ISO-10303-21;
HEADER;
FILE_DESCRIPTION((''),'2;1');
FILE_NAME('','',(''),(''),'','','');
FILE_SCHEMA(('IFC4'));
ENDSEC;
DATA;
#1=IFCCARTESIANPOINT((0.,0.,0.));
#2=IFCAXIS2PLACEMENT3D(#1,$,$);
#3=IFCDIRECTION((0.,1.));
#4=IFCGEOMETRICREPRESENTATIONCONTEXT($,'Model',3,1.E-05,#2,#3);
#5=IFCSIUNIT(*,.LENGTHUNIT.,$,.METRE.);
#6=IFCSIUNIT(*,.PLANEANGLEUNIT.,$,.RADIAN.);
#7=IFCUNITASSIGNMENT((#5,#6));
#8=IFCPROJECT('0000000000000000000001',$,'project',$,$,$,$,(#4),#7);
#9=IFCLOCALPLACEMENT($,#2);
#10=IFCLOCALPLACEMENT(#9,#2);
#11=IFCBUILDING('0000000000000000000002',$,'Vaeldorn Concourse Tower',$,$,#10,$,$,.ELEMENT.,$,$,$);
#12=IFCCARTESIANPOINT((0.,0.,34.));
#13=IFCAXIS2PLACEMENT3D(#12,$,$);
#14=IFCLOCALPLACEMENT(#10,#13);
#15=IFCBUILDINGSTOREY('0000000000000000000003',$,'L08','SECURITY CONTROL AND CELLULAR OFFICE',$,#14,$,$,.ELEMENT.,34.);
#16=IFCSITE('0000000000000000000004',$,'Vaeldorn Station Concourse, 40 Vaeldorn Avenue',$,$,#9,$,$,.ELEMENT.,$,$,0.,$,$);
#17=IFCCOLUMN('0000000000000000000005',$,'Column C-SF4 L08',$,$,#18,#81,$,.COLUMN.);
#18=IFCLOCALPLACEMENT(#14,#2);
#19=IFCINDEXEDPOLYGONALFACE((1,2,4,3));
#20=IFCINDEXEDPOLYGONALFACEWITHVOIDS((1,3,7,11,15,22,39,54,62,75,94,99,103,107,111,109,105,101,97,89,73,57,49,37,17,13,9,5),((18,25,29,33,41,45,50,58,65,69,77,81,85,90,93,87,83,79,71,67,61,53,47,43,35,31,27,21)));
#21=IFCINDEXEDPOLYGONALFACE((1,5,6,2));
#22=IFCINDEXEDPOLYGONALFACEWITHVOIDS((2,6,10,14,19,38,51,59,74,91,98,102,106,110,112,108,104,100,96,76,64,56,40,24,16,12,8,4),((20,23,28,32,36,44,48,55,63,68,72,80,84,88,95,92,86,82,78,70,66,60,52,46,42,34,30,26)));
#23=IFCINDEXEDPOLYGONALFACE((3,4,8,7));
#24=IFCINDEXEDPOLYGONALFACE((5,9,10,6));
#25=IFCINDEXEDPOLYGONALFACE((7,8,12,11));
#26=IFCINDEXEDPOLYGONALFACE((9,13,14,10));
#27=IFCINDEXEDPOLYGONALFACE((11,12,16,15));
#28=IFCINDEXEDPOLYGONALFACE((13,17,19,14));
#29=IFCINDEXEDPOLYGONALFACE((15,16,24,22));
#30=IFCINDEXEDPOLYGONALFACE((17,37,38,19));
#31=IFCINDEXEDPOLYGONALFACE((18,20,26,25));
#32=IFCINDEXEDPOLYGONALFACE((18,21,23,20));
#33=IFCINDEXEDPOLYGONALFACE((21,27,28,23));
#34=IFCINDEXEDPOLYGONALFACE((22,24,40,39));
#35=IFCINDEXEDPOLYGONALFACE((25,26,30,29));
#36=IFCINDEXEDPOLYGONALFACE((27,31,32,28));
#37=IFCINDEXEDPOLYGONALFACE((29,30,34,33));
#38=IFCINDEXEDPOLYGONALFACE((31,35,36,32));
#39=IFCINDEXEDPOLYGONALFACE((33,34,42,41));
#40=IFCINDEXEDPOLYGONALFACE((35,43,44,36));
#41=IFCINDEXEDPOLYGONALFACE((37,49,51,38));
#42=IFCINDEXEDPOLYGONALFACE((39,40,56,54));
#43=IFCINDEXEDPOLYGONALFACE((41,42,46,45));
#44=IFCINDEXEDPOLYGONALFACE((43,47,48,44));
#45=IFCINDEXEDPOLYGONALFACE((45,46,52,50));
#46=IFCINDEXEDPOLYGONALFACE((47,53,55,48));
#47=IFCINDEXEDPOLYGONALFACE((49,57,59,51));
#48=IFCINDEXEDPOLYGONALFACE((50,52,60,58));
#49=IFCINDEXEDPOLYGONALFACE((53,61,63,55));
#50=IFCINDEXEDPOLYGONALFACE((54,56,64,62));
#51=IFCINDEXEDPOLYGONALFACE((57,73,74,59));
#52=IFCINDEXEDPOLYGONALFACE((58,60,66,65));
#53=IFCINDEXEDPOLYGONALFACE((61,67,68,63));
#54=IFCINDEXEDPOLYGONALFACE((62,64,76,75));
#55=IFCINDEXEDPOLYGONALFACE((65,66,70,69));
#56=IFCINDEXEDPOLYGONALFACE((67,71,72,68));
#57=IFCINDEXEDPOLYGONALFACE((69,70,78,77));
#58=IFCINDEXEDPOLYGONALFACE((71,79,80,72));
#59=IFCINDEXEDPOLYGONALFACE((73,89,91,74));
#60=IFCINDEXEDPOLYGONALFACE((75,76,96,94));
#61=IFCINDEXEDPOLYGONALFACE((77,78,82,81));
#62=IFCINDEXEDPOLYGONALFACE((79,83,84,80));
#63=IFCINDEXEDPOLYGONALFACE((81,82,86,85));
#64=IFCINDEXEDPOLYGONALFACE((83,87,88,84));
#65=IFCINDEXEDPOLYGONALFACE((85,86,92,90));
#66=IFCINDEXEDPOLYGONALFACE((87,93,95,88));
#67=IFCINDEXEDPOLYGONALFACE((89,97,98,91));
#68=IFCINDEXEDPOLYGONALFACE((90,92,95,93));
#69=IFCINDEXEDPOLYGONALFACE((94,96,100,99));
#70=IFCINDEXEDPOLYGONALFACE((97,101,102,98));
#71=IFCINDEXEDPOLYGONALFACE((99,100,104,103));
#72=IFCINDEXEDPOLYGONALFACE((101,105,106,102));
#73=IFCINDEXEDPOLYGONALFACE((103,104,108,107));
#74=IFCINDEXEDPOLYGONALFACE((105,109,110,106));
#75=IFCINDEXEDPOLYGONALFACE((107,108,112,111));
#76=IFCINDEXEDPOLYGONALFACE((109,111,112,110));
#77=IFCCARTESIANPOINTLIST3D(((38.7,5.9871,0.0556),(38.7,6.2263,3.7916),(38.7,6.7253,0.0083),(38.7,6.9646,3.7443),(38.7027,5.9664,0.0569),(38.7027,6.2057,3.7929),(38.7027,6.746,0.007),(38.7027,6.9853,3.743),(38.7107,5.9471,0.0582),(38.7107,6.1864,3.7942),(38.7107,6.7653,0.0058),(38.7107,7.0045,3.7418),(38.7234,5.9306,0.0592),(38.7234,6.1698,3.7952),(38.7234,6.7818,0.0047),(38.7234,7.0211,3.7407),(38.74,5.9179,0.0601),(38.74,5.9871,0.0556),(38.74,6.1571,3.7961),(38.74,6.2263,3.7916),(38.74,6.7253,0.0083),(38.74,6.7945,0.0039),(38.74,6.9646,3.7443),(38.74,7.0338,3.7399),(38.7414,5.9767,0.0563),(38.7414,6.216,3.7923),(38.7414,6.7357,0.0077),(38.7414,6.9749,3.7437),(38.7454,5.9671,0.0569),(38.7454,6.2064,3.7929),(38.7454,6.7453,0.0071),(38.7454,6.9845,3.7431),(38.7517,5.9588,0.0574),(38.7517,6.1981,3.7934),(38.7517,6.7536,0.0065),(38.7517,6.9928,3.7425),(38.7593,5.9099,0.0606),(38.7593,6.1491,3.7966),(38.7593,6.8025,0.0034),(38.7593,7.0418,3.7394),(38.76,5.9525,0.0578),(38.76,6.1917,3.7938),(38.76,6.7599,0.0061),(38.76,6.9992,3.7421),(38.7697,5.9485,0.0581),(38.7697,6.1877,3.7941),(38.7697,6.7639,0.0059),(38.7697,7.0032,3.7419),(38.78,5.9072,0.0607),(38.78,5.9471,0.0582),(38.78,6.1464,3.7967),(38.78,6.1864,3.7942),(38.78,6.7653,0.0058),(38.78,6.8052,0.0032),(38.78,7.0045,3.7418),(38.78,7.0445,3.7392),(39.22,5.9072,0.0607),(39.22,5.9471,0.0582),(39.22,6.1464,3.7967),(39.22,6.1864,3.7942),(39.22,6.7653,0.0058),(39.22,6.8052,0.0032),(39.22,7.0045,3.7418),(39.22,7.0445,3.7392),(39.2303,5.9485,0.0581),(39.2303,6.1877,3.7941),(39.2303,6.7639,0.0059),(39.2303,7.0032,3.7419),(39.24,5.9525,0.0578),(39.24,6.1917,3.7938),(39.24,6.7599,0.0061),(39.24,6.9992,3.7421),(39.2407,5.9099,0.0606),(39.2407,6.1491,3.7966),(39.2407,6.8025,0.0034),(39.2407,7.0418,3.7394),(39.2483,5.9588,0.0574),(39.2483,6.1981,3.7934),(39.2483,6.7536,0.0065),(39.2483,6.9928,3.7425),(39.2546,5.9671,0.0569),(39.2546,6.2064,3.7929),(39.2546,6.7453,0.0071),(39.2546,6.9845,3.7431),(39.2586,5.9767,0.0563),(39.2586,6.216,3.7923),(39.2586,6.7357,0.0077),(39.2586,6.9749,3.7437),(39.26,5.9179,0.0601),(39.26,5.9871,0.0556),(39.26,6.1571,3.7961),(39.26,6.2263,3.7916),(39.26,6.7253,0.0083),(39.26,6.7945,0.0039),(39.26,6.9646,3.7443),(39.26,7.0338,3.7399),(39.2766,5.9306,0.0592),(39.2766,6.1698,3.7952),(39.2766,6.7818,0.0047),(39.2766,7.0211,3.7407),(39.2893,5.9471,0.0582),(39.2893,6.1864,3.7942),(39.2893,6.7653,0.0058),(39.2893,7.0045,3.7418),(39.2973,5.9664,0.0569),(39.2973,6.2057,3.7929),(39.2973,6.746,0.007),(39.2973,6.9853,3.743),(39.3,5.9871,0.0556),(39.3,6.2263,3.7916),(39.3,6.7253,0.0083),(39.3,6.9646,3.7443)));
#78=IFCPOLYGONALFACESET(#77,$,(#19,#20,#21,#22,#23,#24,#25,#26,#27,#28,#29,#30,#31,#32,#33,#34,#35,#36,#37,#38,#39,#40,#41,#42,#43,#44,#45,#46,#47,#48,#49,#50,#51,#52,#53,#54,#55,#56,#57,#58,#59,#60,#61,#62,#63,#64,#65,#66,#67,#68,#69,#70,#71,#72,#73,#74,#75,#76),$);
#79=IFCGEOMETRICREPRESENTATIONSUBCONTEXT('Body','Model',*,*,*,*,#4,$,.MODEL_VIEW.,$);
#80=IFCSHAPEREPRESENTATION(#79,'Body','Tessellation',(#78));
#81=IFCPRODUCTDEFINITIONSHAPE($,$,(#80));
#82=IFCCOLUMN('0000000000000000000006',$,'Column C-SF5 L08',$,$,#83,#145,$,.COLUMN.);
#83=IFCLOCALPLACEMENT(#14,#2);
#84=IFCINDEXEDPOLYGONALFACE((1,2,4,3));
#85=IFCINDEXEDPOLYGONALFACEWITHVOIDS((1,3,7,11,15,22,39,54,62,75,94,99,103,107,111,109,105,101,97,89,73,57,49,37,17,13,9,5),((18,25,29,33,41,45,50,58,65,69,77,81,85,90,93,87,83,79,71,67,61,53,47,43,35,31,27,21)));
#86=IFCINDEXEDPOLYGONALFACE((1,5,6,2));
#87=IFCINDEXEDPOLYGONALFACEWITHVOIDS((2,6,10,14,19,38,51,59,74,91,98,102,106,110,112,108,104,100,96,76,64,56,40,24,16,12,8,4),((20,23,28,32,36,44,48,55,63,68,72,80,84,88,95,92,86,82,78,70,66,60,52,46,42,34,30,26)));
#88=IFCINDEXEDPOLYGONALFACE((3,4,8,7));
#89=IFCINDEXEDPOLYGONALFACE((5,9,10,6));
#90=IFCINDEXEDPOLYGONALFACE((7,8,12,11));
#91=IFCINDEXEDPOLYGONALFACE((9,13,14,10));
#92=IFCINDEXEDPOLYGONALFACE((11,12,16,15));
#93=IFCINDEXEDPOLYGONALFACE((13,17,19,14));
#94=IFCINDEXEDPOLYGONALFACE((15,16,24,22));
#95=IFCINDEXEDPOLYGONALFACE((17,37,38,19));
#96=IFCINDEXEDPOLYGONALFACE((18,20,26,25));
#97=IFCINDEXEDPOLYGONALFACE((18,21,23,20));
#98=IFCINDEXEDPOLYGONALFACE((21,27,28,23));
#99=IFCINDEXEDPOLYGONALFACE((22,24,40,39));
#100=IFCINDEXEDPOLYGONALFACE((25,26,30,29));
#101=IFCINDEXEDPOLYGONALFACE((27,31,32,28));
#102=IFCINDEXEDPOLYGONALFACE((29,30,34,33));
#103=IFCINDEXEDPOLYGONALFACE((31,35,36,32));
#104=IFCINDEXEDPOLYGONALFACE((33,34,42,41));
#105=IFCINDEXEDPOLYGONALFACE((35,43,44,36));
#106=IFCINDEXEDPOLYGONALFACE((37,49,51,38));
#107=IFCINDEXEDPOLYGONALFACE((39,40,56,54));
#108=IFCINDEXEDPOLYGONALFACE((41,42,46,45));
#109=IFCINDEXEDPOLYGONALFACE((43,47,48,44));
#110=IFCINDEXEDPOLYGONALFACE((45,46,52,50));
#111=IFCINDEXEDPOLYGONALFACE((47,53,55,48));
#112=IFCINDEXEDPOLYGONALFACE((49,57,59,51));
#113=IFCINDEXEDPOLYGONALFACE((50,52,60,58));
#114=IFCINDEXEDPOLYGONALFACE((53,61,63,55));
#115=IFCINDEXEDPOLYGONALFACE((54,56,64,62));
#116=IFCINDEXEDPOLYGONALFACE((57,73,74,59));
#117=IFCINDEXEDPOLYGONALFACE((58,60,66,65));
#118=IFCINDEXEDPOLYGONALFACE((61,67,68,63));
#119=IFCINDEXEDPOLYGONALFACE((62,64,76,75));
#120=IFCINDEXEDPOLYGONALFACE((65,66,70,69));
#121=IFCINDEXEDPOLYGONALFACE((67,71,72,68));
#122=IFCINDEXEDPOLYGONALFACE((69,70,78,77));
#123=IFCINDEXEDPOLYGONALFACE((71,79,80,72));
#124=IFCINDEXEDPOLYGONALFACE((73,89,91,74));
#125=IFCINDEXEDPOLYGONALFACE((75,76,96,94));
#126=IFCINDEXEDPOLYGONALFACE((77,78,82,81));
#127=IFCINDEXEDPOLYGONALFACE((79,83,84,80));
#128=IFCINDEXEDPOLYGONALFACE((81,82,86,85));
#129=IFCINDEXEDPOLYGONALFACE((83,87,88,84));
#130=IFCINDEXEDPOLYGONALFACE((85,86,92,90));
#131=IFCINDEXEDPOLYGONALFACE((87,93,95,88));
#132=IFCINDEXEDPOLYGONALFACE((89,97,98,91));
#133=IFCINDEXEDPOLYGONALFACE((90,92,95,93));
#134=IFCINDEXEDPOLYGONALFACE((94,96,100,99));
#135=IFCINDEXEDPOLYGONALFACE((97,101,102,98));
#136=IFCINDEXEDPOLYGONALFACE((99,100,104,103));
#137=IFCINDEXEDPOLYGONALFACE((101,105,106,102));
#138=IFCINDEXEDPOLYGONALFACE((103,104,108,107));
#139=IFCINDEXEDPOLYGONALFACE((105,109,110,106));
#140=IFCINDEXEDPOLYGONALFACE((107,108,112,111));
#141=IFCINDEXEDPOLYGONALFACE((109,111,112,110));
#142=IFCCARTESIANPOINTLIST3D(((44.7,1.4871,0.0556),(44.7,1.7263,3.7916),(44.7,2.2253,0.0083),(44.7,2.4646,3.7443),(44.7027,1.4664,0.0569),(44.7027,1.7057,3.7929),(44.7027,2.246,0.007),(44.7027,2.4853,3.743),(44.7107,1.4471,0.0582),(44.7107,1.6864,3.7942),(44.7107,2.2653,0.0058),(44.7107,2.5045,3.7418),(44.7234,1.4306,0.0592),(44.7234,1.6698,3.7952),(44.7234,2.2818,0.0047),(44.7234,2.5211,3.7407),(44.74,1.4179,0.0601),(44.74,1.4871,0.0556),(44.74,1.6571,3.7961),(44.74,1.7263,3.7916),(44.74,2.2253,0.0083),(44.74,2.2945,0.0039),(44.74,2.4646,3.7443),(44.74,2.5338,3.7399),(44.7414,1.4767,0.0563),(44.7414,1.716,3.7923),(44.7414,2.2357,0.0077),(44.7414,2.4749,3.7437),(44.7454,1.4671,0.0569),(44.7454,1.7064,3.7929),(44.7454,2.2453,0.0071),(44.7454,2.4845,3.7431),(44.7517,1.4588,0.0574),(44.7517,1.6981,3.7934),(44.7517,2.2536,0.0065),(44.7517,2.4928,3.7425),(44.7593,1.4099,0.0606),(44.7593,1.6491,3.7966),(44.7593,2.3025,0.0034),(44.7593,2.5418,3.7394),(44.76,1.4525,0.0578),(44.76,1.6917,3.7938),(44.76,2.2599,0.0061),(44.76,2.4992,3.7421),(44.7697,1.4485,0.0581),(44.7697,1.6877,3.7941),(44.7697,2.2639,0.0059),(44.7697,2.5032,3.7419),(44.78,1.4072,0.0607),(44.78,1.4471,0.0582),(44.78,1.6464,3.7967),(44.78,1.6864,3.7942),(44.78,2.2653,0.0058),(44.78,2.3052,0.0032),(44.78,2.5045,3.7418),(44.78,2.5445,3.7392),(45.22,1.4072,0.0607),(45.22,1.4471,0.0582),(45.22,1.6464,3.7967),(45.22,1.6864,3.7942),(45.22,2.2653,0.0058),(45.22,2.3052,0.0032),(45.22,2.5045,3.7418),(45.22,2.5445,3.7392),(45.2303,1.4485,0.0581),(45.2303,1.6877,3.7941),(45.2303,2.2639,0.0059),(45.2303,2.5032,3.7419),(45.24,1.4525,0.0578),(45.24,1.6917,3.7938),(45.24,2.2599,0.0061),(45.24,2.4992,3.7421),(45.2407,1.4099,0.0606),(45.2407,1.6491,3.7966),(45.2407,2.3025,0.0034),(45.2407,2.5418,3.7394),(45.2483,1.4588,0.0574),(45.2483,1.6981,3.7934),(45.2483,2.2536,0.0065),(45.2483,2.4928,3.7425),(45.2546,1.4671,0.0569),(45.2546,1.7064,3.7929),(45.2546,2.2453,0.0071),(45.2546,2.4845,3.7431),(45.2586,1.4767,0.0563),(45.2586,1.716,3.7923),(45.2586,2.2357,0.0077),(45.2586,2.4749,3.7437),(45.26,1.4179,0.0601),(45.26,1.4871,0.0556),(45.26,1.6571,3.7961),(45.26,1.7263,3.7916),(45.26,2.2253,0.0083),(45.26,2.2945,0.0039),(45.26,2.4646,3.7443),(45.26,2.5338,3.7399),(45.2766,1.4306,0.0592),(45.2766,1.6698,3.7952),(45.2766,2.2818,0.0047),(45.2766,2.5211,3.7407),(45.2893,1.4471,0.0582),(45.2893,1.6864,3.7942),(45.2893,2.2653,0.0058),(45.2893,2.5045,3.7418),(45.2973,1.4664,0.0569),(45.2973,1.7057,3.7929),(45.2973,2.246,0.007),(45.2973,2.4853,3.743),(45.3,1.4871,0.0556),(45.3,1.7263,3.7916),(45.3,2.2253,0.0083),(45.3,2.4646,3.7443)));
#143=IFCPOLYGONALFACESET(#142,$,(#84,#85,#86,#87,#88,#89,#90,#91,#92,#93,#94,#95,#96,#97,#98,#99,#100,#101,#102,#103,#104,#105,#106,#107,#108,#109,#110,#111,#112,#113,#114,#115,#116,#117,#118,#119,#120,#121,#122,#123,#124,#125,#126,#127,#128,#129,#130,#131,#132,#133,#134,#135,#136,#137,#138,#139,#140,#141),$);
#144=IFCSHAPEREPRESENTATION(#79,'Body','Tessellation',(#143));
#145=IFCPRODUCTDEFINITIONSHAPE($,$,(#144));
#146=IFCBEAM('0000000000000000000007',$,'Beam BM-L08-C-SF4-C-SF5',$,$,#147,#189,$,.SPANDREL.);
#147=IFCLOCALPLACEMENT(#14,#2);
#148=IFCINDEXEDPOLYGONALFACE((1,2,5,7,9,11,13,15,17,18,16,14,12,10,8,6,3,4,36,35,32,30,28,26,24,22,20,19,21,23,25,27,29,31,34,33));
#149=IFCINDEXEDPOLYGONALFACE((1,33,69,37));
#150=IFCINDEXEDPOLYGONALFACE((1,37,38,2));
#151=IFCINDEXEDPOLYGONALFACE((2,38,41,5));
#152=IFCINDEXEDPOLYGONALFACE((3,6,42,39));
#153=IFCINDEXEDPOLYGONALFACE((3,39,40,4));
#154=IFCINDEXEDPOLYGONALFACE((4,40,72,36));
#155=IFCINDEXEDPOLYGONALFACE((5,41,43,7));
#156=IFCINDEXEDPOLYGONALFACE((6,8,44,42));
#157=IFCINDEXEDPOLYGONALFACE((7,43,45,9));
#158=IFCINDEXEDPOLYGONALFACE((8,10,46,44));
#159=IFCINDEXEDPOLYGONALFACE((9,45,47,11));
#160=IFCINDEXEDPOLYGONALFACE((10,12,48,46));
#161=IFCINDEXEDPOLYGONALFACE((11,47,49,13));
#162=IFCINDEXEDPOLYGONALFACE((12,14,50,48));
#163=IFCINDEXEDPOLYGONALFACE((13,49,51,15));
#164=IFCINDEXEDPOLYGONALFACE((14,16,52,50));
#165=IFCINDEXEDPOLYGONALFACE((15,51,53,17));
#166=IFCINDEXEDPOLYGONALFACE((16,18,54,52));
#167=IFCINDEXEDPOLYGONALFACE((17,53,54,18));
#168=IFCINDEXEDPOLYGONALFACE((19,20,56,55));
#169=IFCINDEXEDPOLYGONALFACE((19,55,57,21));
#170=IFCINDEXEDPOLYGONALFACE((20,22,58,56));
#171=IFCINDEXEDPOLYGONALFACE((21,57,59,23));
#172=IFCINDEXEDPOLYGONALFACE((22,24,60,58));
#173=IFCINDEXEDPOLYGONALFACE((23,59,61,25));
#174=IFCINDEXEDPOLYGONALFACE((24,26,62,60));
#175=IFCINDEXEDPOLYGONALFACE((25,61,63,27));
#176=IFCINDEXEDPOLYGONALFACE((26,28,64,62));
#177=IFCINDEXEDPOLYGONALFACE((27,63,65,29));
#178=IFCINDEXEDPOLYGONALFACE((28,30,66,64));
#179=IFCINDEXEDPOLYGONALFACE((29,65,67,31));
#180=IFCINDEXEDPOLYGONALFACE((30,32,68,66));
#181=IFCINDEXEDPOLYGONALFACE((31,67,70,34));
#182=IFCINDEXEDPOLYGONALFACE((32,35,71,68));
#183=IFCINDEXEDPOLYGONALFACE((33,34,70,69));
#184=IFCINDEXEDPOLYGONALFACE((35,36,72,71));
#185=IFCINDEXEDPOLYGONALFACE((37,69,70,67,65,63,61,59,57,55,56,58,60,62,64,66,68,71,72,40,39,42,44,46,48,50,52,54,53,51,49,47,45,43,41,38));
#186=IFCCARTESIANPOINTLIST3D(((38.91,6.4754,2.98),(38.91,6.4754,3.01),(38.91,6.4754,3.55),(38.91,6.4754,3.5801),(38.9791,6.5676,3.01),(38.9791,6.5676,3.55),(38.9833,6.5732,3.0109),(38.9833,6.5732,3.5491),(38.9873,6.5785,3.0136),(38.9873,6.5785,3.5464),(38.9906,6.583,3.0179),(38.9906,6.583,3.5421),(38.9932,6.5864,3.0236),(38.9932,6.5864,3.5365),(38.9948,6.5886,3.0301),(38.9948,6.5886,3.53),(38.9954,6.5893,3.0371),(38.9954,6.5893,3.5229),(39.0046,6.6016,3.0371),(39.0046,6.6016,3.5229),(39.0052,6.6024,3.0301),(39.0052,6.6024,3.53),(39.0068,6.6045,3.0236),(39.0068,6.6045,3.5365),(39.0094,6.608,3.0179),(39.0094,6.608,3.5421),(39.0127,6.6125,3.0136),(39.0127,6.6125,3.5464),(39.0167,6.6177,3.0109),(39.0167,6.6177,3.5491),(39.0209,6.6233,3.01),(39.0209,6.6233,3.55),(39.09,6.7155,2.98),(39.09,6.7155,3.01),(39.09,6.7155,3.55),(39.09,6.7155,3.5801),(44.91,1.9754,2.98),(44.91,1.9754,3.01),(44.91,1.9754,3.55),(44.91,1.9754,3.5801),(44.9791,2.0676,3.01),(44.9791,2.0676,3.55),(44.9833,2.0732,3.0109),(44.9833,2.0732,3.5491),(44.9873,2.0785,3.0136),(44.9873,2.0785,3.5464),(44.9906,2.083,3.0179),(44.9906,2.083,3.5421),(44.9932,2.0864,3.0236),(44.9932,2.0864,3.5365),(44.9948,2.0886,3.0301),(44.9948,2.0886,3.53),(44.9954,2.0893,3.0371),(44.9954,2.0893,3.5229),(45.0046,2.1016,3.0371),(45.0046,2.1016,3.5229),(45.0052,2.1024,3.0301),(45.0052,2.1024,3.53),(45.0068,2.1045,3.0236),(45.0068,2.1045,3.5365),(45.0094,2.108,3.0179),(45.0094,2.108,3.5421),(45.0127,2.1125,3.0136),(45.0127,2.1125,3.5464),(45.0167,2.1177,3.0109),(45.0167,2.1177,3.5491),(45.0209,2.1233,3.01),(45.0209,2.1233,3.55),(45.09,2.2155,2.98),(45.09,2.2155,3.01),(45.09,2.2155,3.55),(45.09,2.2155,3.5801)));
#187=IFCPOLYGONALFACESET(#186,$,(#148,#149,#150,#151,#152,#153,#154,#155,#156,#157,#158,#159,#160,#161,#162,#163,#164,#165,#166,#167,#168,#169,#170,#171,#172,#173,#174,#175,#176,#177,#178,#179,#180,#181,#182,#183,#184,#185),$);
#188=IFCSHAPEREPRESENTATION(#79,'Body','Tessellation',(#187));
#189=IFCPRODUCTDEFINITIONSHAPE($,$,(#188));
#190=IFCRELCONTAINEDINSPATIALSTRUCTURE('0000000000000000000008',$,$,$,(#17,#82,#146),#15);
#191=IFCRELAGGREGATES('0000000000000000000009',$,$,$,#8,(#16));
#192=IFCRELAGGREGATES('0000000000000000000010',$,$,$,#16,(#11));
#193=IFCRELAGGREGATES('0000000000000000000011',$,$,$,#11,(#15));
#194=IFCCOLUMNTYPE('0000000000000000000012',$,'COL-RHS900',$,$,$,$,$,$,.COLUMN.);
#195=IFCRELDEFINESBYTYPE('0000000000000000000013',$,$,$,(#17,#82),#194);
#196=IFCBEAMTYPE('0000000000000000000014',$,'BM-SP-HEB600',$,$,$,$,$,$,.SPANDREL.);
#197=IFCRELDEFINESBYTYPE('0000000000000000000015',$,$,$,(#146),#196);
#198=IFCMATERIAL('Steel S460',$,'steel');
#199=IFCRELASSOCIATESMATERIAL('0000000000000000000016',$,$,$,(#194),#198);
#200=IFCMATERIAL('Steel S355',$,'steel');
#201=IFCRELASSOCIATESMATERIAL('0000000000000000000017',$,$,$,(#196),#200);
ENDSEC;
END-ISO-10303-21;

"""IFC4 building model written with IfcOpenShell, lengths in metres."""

from ifc_helpers import new_model, si_unit, direction, frame, origin, origin_2d, place, context, subcontext, project, spatial, hollow_rectangle, i_section, extrude, source, transform, mapped, material, material_profile, profile_set, type_object, element, save


model = new_model("IFC4")

# Units and contexts
model_context = context("Model", 3, precision=1e-05, world=origin(), true_north=direction((0.0, 1.0)))
body_context = subcontext(model_context, "Body", "Model", "MODEL_VIEW")
ifc_project = project(units=[si_unit("LENGTHUNIT", "METRE"), si_unit("PLANEANGLEUNIT", "RADIAN")], contexts=[model_context])

# Site, building, storey
site_placement = place(None, origin())
site = spatial("IfcSite", under=ifc_project, at=site_placement, Name="Vaeldorn Station Concourse, 40 Vaeldorn Avenue", CompositionType="ELEMENT", RefElevation=0.0)
building_placement = place(site_placement, origin())
building = spatial("IfcBuilding", under=site, at=building_placement, Name="Vaeldorn Concourse Tower", CompositionType="ELEMENT")
storey_placement = place(building_placement, frame((0.0, 0.0, 34.0)))
storey = spatial("IfcBuildingStorey", under=building, at=storey_placement, Name="L08", Description="SECURITY CONTROL AND CELLULAR OFFICE", CompositionType="ELEMENT", Elevation=34.0)

# Columns
ifc_material_1 = material(Name="Steel S460", Category="steel")
ifc_material_profile_1 = material_profile(ifc_material_1, hollow_rectangle(XDim=0.6001, YDim=0.8999, WallThickness=0.04, InnerFilletRadius=0.04, OuterFilletRadius=0.0801, at=origin_2d()), Name="RHS 900x600x40")
ifc_profile_set_1 = profile_set([ifc_material_profile_1], Name="Steel S460")
column_type = type_object("IfcColumnType", Name="COL-RHS900", PredefinedType="COLUMN", material=ifc_profile_set_1)
shared_shape_1 = source(origin(), body_context, "Body", "SweptSolid", [
    extrude(hollow_rectangle(XDim=0.6001, YDim=0.8999, WallThickness=0.04, InnerFilletRadius=0.04, OuterFilletRadius=0.0801, at=origin_2d()), origin(), (0.0, 0.0, 1.0), 3.7437),
])
for number, where, z_axis, x_axis, name in (
    (1, (39.0, 6.3562, 0.032), (0.0, 0.063909, 0.997956), (-1.0, 0.0, 0.0), "Column C-SF4 L08"),
    (2, (45.0, 1.8562, 0.032), (0.0, 0.063909, 0.997956), (-1.0, 0.0, 0.0), "Column C-SF5 L08"),
):
    element("IfcColumn", number, at=place(storey_placement, frame(where, z_axis=z_axis, x_axis=x_axis)), inside=storey, type_object=column_type, Name=name, PredefinedType="COLUMN", context=body_context, shape_type="MappedRepresentation", body=[
        mapped(shared_shape_1, transform((0.0, 0.0, 0.0), scale=1.0)),
    ])

# Beam
ifc_material_2 = material(Name="Steel S355", Category="steel")
ifc_material_profile_2 = material_profile(ifc_material_2, i_section(OverallWidth=0.3, OverallDepth=0.6001, WebThickness=0.0154, FlangeThickness=0.03, FilletRadius=0.0271, at=origin_2d()), Name="HEB 600")
ifc_profile_set_2 = profile_set([ifc_material_profile_2], Name="Steel S355")
beam_type_1 = type_object("IfcBeamType", Name="BM-SP-HEB600", PredefinedType="SPANDREL", material=ifc_profile_set_2)
shared_shape_2 = source(origin(), body_context, "Body", "SweptSolid", [
    extrude(i_section(OverallWidth=0.3, OverallDepth=0.6001, WebThickness=0.0154, FlangeThickness=0.03, FilletRadius=0.0271, at=origin_2d()), origin(), (0.0, 0.0, 1.0), 7.5),
])
beam_1_placement = place(storey_placement, frame((39.0, 6.5955, 3.28), z_axis=(0.8, -0.6, 0.0), x_axis=(0.6, 0.8, 0.0)))
element("IfcBeam", 3, at=beam_1_placement, inside=storey, type_object=beam_type_1, Name="Beam BM-L08-C-SF4-C-SF5", PredefinedType="SPANDREL", context=body_context, shape_type="MappedRepresentation", body=[
    mapped(shared_shape_2, transform((0.0, 0.0, 0.0), scale=1.0)),
])

save(model, "model.ifc")
